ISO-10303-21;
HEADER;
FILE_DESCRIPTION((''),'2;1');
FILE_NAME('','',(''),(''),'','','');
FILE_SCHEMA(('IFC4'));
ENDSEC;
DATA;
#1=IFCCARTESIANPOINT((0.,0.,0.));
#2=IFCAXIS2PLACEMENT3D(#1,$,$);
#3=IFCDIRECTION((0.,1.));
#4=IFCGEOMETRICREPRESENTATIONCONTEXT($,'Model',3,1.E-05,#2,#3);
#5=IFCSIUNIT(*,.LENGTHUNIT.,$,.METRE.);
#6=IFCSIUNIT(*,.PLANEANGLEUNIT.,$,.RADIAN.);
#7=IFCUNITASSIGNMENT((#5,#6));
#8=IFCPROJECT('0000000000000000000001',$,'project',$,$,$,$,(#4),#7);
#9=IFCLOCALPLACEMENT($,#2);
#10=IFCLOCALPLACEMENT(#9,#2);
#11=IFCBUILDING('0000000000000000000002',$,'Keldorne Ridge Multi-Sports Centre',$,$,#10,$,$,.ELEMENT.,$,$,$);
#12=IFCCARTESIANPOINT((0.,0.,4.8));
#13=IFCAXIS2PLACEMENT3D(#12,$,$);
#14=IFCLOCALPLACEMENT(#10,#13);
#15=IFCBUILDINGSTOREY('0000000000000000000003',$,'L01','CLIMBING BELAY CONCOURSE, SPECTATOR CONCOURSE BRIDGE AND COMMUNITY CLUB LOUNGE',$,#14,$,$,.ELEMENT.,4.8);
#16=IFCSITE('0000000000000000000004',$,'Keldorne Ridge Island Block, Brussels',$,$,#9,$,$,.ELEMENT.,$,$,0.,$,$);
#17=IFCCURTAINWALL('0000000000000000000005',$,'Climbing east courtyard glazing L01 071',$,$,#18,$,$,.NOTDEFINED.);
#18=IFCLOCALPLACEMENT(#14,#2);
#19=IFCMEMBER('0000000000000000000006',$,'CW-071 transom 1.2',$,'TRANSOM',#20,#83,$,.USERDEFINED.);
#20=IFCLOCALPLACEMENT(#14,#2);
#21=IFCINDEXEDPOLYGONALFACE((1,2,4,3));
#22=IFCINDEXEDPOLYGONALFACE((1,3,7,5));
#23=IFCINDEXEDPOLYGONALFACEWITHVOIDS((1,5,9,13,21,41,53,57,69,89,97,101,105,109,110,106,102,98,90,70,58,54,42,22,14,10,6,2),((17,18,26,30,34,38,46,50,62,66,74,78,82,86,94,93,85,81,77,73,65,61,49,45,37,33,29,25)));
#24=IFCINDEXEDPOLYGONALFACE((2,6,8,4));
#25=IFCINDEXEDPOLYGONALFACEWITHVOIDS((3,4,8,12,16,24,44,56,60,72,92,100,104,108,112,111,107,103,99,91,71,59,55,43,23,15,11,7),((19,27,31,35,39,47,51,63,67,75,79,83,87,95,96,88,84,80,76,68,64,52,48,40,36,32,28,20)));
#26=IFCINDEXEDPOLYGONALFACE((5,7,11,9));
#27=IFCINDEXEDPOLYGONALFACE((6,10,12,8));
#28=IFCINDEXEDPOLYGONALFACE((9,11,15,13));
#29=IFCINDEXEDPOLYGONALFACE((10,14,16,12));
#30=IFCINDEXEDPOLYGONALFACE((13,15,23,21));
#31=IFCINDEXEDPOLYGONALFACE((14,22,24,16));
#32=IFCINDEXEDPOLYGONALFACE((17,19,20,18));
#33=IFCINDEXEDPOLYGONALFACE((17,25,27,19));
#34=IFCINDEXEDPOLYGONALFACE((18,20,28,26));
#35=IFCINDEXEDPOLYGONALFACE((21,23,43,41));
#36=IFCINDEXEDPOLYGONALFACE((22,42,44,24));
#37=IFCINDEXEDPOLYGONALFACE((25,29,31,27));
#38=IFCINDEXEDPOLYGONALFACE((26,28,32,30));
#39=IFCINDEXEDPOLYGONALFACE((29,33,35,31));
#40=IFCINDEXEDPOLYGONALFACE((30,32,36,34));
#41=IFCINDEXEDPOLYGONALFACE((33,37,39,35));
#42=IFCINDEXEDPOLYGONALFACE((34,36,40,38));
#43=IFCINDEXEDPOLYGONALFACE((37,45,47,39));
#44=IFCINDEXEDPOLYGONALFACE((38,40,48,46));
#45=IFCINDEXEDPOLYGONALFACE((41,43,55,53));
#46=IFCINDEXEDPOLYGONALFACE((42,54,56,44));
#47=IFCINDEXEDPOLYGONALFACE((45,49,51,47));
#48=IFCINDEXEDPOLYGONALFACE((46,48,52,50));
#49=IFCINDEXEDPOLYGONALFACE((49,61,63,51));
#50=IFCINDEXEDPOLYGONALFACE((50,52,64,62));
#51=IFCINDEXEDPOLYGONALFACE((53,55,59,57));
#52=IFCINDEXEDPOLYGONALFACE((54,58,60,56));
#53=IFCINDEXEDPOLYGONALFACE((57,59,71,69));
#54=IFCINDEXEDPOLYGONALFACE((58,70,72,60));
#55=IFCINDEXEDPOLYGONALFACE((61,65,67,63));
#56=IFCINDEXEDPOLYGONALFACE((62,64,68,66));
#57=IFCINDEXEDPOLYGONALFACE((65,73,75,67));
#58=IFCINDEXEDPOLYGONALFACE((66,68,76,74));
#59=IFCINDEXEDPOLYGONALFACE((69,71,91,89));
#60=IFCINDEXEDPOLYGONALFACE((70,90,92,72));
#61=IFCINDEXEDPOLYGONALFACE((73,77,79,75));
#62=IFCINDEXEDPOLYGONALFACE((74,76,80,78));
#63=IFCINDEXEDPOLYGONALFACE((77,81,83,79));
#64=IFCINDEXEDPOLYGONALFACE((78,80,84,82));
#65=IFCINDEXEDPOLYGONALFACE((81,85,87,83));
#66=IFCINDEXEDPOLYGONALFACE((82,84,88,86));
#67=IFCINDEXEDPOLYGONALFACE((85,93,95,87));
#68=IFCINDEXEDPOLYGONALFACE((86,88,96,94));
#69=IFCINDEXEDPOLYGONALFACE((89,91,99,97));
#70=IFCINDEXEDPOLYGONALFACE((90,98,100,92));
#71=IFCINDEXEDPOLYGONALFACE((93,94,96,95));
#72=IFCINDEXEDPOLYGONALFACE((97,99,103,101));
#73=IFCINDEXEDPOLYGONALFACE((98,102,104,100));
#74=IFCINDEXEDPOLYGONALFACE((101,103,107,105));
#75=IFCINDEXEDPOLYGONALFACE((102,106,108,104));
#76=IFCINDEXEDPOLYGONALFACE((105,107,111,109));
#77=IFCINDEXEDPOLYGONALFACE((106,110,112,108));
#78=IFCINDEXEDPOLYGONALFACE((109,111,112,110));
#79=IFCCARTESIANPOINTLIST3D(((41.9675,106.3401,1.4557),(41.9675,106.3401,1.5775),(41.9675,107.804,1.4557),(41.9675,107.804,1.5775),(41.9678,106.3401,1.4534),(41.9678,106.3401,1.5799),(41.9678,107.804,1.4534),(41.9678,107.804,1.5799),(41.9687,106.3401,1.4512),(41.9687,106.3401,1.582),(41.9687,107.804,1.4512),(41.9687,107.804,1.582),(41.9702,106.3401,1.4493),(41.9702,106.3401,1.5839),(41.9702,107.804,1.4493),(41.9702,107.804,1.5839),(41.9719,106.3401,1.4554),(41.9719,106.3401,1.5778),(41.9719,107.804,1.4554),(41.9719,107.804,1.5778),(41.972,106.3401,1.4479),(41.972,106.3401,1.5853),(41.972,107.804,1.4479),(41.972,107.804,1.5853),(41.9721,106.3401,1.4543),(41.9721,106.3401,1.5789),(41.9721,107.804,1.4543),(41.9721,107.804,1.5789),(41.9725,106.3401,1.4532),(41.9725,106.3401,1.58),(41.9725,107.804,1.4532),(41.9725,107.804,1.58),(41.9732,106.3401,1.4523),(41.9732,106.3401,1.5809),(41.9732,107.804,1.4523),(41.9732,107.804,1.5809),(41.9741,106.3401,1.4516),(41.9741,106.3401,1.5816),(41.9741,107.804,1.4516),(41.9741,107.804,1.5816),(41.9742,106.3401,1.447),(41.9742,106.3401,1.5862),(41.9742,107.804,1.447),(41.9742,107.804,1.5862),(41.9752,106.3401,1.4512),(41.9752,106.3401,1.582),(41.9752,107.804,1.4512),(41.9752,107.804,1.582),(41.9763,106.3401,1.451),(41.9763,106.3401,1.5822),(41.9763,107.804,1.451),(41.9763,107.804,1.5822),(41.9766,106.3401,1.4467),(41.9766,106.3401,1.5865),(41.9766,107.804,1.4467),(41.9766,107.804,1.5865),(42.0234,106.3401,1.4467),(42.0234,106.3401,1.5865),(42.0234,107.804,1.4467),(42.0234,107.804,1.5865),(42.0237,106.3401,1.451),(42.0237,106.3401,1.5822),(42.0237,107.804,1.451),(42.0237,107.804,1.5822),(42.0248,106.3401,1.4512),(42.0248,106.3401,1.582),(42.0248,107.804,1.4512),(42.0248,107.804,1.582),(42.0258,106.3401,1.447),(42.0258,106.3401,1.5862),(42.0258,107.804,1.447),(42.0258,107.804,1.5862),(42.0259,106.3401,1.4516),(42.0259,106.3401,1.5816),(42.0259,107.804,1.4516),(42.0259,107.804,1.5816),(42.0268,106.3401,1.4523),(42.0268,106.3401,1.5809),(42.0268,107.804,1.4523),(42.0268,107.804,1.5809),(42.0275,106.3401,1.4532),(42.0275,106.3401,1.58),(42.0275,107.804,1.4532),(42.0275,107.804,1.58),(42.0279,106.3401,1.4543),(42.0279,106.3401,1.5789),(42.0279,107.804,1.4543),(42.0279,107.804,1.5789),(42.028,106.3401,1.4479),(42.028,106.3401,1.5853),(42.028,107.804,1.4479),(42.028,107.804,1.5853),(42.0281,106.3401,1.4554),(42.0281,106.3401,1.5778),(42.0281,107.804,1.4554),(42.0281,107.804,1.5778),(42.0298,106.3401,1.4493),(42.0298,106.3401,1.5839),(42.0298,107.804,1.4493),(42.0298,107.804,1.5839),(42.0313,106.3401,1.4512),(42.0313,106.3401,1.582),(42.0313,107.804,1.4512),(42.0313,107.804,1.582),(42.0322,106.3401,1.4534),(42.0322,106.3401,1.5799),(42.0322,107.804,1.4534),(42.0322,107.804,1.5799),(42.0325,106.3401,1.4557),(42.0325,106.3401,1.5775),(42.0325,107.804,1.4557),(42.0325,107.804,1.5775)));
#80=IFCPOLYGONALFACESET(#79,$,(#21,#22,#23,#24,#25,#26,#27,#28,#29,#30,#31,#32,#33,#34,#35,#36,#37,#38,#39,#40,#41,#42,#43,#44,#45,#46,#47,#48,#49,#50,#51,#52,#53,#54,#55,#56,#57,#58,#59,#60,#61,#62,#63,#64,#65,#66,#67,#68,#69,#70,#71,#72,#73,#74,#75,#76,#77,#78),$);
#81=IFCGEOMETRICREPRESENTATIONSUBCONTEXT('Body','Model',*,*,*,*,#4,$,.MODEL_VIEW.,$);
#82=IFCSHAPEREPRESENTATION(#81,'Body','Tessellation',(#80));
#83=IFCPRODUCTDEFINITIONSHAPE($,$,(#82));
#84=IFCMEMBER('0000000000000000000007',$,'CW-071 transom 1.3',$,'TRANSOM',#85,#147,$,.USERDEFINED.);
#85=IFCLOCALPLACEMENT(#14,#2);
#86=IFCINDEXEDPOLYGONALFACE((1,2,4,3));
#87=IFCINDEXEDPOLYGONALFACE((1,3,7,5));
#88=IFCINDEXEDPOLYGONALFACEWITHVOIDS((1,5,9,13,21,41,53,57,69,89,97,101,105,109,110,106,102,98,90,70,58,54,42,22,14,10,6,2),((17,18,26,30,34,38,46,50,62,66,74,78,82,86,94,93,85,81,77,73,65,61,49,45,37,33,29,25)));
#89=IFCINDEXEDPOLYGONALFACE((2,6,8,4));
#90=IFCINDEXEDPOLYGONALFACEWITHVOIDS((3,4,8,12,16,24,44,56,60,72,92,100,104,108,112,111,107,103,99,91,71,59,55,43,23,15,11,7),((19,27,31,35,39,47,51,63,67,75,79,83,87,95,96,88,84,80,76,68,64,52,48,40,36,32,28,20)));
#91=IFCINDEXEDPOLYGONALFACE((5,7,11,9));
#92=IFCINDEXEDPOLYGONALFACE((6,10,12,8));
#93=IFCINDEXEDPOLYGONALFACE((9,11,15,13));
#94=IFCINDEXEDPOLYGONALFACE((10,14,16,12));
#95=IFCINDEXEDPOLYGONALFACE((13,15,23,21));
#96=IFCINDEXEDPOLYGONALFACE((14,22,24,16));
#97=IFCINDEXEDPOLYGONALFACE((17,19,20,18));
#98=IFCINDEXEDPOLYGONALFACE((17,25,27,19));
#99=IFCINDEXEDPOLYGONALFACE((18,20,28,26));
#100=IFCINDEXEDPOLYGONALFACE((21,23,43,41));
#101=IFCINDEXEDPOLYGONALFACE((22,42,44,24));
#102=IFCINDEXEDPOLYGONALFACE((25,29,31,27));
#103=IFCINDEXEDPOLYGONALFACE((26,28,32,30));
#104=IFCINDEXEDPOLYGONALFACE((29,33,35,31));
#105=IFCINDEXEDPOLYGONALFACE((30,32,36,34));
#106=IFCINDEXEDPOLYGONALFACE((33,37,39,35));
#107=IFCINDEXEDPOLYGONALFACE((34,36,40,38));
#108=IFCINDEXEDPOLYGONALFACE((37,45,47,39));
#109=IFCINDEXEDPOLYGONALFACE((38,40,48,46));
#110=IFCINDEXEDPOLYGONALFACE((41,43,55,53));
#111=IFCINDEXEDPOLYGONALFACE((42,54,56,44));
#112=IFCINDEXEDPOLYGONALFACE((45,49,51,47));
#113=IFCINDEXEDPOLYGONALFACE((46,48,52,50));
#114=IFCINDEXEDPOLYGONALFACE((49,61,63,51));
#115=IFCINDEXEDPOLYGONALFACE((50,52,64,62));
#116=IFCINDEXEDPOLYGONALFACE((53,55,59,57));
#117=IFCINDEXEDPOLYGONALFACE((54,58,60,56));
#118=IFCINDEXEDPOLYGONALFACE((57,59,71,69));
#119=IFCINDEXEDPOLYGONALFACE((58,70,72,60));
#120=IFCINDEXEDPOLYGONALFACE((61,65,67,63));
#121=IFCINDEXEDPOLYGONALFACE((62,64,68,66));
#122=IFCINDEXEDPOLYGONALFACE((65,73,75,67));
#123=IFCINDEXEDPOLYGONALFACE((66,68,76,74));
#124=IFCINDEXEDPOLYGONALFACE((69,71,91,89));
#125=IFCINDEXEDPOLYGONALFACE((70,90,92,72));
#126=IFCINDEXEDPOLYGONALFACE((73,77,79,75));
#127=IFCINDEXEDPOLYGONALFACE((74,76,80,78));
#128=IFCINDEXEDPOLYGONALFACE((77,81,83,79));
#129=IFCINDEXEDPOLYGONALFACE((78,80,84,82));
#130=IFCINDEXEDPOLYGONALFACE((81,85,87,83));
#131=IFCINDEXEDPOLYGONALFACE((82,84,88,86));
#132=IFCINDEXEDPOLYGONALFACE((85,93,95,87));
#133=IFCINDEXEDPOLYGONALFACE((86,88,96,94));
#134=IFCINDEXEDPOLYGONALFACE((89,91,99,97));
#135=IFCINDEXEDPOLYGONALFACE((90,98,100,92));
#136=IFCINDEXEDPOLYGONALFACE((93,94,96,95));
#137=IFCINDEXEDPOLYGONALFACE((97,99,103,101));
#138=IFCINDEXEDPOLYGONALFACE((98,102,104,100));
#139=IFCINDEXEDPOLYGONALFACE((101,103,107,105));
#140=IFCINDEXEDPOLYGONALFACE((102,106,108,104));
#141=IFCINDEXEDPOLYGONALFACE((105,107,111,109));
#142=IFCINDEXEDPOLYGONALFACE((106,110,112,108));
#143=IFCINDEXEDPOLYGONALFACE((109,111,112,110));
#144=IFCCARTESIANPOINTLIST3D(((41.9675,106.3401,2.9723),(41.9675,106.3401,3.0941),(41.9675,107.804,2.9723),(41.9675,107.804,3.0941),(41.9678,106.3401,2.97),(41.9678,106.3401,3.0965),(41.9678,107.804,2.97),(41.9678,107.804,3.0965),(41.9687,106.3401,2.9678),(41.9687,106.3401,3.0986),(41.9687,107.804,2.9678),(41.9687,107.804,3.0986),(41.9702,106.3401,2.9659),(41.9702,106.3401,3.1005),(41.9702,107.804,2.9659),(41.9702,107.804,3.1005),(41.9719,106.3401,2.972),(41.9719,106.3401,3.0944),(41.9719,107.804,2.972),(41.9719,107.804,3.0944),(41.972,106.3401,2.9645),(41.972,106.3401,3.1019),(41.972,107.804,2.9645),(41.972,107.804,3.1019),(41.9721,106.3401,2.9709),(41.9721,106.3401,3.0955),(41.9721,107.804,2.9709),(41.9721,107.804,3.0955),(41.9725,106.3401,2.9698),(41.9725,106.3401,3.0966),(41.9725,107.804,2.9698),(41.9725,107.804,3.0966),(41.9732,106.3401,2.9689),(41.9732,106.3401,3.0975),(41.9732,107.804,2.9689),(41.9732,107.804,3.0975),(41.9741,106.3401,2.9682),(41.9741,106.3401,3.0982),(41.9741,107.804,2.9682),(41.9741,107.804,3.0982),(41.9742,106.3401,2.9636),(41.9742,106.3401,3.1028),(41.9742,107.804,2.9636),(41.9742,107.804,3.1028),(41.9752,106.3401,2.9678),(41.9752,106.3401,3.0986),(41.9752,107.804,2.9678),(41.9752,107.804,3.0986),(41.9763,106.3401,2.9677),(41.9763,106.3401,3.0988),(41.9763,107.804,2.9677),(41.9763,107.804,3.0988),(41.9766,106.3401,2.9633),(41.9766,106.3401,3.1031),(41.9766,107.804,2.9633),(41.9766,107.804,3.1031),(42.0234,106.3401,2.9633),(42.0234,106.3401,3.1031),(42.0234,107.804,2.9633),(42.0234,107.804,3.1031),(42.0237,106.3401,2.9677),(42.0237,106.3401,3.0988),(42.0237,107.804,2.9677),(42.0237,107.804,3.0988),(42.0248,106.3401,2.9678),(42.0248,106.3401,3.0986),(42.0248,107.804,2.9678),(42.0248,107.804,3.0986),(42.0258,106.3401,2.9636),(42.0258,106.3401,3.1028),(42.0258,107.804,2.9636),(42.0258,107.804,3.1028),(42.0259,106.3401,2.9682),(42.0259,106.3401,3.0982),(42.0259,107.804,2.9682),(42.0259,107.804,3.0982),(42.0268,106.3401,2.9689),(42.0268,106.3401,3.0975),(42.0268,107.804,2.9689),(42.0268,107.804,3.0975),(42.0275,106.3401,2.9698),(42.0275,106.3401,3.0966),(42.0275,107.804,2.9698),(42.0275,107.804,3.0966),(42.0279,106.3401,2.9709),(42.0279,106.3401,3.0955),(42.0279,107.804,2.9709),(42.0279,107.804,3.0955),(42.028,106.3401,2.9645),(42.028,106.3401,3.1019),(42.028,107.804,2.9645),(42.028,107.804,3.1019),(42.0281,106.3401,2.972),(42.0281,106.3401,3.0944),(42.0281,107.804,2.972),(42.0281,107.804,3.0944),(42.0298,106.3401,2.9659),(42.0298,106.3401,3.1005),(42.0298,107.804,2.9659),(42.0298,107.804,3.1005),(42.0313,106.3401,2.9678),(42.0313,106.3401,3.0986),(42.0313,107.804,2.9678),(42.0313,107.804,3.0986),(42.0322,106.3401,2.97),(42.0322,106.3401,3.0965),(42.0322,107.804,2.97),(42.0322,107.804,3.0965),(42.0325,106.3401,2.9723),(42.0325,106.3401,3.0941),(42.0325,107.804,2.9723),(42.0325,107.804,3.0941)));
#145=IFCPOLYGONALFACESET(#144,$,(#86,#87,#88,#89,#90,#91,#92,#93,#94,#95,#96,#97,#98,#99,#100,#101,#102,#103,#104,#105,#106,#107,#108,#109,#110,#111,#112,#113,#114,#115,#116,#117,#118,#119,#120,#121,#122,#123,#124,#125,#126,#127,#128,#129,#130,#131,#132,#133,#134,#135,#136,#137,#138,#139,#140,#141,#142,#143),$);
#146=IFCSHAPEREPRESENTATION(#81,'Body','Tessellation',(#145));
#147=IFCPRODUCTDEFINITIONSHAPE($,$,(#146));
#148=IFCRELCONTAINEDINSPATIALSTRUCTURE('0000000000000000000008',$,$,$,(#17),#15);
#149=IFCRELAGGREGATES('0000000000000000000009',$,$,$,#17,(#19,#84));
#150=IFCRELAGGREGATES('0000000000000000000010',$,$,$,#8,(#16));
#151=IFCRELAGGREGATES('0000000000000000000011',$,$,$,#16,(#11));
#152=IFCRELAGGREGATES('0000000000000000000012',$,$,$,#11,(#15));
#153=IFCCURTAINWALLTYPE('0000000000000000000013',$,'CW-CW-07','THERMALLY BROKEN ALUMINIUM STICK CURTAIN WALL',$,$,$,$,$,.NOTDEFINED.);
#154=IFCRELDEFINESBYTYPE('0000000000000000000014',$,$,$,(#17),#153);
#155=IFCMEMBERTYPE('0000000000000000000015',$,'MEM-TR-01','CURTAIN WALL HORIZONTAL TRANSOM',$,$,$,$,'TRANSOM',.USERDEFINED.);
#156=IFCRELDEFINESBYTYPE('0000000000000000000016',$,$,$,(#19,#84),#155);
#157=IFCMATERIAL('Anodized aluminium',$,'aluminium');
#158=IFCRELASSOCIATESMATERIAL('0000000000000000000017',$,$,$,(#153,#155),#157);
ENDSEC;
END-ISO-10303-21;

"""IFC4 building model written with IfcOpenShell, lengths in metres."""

from ifc_helpers import new_model, si_unit, direction, frame, origin, origin_2d, place, context, subcontext, project, spatial, hollow_rectangle, extrude, material, material_profile, profile_set, type_object, element, aggregate, save


model = new_model("IFC4")

# Units and contexts
model_context = context("Model", 3, precision=1e-05, world=origin(), true_north=direction((0.0, 1.0)))
body_context = subcontext(model_context, "Body", "Model", "MODEL_VIEW")
ifc_project = project(units=[si_unit("LENGTHUNIT", "METRE"), si_unit("PLANEANGLEUNIT", "RADIAN")], contexts=[model_context])

# Site, building, storey
site_placement = place(None, origin())
site = spatial("IfcSite", under=ifc_project, at=site_placement, Name="Keldorne Ridge Island Block, Brussels", CompositionType="ELEMENT", RefElevation=0.0)
building_placement = place(site_placement, origin())
building = spatial("IfcBuilding", under=site, at=building_placement, Name="Keldorne Ridge Multi-Sports Centre", CompositionType="ELEMENT")
storey_placement = place(building_placement, frame((0.0, 0.0, 4.8)))
storey = spatial("IfcBuildingStorey", under=building, at=storey_placement, Name="L01", Description="CLIMBING BELAY CONCOURSE, SPECTATOR CONCOURSE BRIDGE AND COMMUNITY CLUB LOUNGE", CompositionType="ELEMENT", Elevation=4.8)

# Curtain wall
ifc_material_1 = material(Name="Anodized aluminium", Category="aluminium")
curtain_wall_type_1 = type_object("IfcCurtainWallType", Name="CW-CW-07", Description="THERMALLY BROKEN ALUMINIUM STICK CURTAIN WALL", PredefinedType="NOTDEFINED", material=ifc_material_1)
curtain_wall_1_placement = place(storey_placement, origin())
curtain_wall_1 = element("IfcCurtainWall", 1, at=curtain_wall_1_placement, inside=storey, type_object=curtain_wall_type_1, Name="Climbing east courtyard glazing L01 071", PredefinedType="NOTDEFINED")

# Members
ifc_material_profile_1 = material_profile(ifc_material_1, hollow_rectangle(XDim=0.0649, YDim=0.1399, WallThickness=0.0044, InnerFilletRadius=0.0044, OuterFilletRadius=0.009, at=origin_2d()), Name="ALU TRANSOM 140x65x4.5")
ifc_profile_set_1 = profile_set([ifc_material_profile_1], Name="Anodized aluminium")
member_type_1 = type_object("IfcMemberType", Name="MEM-TR-01", Description="CURTAIN WALL HORIZONTAL TRANSOM", ElementType="TRANSOM", PredefinedType="USERDEFINED", material=ifc_profile_set_1)
member_1_placement = place(storey_placement, frame((42.0, 106.3401, 1.5166), z_axis=(0.0, 1.0, 0.0), x_axis=(-1.0, 0.0, 0.0)))
member_1 = element("IfcMember", 2, at=member_1_placement, type_object=member_type_1, Name="CW-071 transom 1.2", ObjectType="TRANSOM", PredefinedType="USERDEFINED", context=body_context, shape_type="SweptSolid", body=[
    extrude(hollow_rectangle(XDim=0.0649, YDim=0.1399, WallThickness=0.0044, InnerFilletRadius=0.0044, OuterFilletRadius=0.009, at=origin_2d()), origin(), (0.0, 0.0, 1.0), 1.4639),
])
member_2_placement = place(storey_placement, frame((42.0, 106.3401, 3.0332), z_axis=(0.0, 1.0, 0.0), x_axis=(-1.0, 0.0, 0.0)))
member_2 = element("IfcMember", 3, at=member_2_placement, type_object=member_type_1, Name="CW-071 transom 1.3", ObjectType="TRANSOM", PredefinedType="USERDEFINED", context=body_context, shape_type="SweptSolid", body=[
    extrude(hollow_rectangle(XDim=0.0649, YDim=0.1399, WallThickness=0.0044, InnerFilletRadius=0.0044, OuterFilletRadius=0.009, at=origin_2d()), origin(), (0.0, 0.0, 1.0), 1.4639),
])

aggregate(curtain_wall_1, [member_1, member_2])

save(model, "model.ifc")
